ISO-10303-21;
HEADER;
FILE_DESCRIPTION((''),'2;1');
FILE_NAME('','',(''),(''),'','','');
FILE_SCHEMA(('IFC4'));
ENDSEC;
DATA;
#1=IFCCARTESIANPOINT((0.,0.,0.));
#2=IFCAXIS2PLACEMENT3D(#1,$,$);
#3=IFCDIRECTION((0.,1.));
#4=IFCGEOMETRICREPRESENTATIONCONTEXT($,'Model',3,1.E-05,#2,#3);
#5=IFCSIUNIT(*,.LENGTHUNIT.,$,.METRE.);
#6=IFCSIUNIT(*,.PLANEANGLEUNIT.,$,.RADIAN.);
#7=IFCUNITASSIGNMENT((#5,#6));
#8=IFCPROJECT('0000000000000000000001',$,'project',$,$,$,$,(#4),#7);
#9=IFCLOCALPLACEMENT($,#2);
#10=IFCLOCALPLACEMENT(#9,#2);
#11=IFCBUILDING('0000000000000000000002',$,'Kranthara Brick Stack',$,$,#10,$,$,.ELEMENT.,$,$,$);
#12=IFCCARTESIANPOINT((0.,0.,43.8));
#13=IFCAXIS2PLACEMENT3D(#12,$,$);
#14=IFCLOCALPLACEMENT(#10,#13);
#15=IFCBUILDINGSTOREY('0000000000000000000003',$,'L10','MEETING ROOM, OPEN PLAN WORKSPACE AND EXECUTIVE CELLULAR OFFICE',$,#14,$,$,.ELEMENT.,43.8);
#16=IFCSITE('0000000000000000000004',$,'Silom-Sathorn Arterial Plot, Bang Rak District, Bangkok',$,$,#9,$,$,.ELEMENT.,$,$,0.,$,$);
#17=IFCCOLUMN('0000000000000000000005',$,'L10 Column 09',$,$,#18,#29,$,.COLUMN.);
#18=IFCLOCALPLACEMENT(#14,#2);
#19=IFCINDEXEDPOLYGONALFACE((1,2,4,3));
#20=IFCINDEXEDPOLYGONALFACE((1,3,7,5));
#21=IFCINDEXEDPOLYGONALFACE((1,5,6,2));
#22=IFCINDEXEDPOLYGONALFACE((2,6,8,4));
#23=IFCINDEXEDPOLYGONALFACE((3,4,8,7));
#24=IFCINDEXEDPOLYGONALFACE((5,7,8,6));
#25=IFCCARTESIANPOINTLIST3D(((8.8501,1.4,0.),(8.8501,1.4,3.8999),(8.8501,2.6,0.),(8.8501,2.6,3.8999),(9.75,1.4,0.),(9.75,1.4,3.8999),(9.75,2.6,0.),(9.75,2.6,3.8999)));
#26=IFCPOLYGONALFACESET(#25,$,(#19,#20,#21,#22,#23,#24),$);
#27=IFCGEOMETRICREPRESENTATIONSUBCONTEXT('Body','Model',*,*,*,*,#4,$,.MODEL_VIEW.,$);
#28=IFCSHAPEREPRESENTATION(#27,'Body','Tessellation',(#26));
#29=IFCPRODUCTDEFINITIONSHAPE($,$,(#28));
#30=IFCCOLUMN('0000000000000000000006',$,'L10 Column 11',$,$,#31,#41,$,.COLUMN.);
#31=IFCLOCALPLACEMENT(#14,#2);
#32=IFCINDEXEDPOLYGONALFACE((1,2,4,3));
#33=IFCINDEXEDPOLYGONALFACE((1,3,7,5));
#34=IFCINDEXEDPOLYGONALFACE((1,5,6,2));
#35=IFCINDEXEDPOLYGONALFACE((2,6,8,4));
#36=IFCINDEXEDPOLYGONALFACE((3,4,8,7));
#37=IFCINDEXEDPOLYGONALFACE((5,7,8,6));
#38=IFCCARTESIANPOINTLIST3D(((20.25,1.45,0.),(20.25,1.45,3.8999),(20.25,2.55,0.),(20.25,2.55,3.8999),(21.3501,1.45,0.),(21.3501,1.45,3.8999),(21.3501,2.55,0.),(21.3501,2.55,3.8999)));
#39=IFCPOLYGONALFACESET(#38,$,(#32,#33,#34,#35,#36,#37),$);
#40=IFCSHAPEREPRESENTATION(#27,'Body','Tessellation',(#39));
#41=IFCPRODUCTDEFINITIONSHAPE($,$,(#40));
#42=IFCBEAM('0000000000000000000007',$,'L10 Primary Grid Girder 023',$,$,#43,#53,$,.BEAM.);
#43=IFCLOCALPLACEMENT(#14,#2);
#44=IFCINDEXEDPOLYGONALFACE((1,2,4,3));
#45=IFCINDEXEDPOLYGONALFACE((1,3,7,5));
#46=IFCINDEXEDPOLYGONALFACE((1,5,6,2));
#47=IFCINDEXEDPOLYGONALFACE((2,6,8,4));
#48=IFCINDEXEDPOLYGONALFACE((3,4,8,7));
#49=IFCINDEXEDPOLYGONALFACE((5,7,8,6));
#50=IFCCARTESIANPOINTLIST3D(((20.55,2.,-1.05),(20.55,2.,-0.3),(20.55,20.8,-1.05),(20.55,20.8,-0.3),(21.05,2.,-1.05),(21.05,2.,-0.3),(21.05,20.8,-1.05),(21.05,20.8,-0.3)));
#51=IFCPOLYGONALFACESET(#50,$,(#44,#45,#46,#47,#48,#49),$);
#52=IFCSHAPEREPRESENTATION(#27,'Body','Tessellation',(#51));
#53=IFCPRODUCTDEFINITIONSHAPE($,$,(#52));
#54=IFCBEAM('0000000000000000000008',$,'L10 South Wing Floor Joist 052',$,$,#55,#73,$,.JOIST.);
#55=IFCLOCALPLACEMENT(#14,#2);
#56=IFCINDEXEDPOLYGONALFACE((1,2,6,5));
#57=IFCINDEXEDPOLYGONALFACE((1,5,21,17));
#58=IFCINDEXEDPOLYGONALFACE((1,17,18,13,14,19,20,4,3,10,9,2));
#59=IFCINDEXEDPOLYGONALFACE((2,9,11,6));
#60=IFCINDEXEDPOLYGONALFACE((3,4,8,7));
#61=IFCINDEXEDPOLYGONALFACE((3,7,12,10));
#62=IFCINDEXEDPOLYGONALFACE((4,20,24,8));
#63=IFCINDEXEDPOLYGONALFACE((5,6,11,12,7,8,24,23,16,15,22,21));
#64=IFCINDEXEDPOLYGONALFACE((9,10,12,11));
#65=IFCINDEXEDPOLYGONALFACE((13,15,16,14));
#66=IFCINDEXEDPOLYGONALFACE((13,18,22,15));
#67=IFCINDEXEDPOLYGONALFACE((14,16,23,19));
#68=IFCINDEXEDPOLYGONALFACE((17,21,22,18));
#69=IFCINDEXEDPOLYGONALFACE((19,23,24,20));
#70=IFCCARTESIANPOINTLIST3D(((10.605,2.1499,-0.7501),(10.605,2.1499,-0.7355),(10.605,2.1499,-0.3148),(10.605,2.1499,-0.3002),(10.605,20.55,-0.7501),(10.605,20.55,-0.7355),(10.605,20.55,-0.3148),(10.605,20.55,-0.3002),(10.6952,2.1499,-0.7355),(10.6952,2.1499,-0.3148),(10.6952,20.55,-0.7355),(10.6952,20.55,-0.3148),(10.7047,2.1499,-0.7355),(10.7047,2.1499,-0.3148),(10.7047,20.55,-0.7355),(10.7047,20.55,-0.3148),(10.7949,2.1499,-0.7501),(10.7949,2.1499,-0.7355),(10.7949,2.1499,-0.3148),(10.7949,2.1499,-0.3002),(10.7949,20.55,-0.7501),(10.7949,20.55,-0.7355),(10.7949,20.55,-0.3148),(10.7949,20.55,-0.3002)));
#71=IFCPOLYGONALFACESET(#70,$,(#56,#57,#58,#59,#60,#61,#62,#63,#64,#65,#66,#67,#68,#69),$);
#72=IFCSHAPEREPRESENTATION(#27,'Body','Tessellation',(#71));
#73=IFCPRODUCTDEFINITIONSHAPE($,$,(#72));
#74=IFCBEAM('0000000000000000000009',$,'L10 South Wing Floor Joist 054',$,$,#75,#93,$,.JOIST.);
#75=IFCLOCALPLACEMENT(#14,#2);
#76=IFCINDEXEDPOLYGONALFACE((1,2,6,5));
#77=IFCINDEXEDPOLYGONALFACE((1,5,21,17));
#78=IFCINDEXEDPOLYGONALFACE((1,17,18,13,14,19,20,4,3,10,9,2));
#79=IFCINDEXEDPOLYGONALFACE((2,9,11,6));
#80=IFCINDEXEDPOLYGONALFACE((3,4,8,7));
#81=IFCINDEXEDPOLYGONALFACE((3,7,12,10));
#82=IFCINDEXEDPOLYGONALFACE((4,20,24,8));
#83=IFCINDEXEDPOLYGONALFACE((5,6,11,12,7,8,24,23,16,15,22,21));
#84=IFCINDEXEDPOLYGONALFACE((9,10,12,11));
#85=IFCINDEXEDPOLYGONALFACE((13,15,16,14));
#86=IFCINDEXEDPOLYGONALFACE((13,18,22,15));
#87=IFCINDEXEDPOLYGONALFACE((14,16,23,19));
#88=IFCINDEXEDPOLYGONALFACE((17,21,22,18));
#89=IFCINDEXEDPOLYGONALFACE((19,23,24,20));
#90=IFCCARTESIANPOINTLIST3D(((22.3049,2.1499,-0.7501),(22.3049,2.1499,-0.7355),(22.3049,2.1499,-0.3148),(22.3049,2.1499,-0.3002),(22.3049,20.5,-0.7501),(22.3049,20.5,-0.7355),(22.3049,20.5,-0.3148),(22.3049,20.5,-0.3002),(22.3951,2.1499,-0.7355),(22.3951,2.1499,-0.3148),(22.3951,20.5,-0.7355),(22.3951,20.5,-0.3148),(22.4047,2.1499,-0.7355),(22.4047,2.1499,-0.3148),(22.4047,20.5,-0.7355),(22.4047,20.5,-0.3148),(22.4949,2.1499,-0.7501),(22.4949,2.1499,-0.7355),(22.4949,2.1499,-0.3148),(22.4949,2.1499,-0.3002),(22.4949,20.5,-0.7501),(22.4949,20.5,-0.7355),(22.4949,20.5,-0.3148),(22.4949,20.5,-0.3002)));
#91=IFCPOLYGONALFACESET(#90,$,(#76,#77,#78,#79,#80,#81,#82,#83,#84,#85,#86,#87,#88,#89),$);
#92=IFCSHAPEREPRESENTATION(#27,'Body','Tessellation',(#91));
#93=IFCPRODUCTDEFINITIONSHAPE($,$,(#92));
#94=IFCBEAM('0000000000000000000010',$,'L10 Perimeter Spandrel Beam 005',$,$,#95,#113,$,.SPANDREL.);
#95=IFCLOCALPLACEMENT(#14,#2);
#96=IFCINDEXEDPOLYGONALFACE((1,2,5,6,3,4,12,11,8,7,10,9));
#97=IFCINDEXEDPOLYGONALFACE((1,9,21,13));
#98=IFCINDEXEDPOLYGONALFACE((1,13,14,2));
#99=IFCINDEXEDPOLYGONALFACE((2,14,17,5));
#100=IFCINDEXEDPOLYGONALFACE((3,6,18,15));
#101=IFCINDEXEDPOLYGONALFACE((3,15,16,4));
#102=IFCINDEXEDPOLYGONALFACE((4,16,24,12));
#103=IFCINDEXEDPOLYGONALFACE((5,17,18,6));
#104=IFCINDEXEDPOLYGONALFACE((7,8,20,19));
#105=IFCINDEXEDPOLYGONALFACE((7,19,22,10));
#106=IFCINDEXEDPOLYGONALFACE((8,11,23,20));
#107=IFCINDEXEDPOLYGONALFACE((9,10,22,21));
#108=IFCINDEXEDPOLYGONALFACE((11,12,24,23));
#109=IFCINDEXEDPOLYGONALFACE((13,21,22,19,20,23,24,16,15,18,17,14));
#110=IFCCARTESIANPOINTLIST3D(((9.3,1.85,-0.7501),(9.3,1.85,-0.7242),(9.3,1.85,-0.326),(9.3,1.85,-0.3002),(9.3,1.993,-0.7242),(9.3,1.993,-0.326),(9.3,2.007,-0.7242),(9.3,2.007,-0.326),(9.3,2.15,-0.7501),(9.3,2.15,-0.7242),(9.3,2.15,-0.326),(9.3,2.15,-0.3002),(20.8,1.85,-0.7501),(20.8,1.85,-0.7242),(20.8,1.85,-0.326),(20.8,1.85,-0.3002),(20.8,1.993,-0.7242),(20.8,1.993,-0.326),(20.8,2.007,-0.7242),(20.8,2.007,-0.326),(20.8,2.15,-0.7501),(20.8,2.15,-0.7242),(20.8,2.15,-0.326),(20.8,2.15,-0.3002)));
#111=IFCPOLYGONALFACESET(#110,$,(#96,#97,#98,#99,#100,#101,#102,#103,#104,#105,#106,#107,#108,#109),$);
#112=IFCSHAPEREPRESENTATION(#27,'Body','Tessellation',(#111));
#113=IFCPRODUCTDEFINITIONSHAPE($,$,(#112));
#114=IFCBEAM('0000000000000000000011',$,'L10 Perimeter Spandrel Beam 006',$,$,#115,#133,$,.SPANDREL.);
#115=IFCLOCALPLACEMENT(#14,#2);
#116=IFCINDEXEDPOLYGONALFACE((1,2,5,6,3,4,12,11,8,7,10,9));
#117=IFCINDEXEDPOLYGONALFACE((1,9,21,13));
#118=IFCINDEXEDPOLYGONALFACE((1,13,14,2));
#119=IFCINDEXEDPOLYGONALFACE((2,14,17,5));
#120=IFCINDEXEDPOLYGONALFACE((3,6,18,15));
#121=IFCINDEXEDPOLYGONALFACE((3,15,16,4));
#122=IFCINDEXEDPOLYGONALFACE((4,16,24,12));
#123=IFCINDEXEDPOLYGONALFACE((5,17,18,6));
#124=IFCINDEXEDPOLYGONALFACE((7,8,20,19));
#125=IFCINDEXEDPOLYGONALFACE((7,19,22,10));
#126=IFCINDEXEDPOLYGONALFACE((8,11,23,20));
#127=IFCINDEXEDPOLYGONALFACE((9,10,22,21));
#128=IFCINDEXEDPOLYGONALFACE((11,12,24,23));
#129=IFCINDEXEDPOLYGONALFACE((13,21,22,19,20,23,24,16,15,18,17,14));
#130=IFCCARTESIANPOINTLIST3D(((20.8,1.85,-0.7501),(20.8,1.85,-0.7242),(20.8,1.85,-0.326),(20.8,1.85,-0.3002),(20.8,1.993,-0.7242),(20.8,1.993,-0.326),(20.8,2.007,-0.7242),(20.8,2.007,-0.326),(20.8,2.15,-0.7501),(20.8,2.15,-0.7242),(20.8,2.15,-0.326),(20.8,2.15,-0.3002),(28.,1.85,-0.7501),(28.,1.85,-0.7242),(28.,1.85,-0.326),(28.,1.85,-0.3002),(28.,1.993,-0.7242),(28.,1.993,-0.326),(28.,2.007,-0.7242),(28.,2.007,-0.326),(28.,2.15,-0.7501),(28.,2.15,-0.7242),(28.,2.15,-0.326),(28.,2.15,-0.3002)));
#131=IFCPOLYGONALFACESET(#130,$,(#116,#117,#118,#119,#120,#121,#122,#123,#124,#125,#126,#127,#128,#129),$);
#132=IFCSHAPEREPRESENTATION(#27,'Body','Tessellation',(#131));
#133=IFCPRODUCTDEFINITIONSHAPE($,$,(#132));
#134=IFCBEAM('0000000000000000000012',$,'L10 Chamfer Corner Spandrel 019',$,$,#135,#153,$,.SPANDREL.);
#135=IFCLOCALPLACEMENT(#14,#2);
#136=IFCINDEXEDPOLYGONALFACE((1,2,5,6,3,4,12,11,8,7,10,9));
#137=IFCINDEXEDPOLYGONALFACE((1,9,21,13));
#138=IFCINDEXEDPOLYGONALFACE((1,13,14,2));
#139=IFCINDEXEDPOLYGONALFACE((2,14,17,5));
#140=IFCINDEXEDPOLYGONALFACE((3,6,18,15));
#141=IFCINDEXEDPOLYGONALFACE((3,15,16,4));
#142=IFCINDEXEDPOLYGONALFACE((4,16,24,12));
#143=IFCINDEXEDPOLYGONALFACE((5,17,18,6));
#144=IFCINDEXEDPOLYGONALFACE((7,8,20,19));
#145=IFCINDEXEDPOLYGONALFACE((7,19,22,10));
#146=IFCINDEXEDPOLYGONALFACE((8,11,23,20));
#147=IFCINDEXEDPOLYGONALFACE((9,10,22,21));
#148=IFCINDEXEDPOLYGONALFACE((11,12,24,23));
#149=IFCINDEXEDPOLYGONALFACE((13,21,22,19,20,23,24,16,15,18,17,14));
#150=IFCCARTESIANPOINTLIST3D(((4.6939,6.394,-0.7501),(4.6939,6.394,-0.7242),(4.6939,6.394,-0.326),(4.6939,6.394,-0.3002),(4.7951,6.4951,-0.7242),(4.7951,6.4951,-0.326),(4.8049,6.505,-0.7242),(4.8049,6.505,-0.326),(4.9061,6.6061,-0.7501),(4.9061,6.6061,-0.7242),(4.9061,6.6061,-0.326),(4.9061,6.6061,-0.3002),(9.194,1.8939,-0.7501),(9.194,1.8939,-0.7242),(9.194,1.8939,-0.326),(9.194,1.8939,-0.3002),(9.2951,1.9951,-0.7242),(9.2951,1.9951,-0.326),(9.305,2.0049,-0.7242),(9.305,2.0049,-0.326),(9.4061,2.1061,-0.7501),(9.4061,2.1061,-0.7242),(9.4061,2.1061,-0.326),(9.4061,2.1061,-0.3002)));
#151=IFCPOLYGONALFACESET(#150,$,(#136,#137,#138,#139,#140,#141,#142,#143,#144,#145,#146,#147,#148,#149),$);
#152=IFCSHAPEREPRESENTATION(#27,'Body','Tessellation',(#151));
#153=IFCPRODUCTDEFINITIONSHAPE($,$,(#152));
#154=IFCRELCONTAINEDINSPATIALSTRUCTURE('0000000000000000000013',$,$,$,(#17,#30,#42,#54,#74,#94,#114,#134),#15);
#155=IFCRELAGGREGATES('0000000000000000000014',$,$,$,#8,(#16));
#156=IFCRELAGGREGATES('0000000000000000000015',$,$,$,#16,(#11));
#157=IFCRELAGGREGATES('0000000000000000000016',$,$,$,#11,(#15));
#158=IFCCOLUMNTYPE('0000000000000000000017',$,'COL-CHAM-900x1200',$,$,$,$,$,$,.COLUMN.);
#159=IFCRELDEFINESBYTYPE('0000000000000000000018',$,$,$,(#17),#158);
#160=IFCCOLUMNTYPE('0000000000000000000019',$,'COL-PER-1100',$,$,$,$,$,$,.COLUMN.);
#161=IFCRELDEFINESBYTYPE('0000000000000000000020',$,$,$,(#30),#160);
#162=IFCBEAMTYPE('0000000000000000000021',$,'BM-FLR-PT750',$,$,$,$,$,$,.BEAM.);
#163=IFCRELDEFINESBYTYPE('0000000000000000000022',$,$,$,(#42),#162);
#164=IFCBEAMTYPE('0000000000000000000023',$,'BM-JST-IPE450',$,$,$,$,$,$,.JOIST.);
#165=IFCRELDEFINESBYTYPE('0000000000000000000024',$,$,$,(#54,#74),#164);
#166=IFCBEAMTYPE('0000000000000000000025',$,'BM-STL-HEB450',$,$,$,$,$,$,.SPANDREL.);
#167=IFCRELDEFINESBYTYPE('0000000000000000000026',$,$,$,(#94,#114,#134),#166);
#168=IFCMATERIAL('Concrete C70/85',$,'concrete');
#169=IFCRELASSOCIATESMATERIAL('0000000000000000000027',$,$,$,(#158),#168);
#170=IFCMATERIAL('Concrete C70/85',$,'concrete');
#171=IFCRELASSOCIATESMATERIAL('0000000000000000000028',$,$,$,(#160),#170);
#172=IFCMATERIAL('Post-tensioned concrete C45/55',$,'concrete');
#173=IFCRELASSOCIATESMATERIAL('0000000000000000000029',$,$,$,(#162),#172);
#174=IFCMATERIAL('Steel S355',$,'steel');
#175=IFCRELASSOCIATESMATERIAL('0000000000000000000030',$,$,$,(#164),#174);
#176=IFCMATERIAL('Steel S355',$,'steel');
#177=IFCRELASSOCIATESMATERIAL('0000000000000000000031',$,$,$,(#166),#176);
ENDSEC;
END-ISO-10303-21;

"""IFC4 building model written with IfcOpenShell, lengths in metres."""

from ifc_helpers import new_model, si_unit, direction, frame, origin, origin_2d, place, context, subcontext, project, spatial, rectangle, i_section, extrude, material, material_profile, profile_set, type_object, element, save


model = new_model("IFC4")

# Units and contexts
model_context = context("Model", 3, precision=1e-05, world=origin(), true_north=direction((0.0, 1.0)))
body_context = subcontext(model_context, "Body", "Model", "MODEL_VIEW")
ifc_project = project(units=[si_unit("LENGTHUNIT", "METRE"), si_unit("PLANEANGLEUNIT", "RADIAN")], contexts=[model_context])

# Site, building, storey
site_placement = place(None, origin())
site = spatial("IfcSite", under=ifc_project, at=site_placement, Name="Silom-Sathorn Arterial Plot, Bang Rak District, Bangkok", CompositionType="ELEMENT", RefElevation=0.0)
building_placement = place(site_placement, origin())
building = spatial("IfcBuilding", under=site, at=building_placement, Name="Kranthara Brick Stack", CompositionType="ELEMENT")
storey_placement = place(building_placement, frame((0.0, 0.0, 43.8)))
storey = spatial("IfcBuildingStorey", under=building, at=storey_placement, Name="L10", Description="MEETING ROOM, OPEN PLAN WORKSPACE AND EXECUTIVE CELLULAR OFFICE", CompositionType="ELEMENT", Elevation=43.8)

# Columns
ifc_material_1 = material(Name="Concrete C70/85", Category="concrete")
ifc_material_profile_1 = material_profile(ifc_material_1, rectangle(XDim=0.8999, YDim=1.2, at=origin_2d()), Name="RC 900x1200")
ifc_profile_set_1 = profile_set([ifc_material_profile_1], Name="Concrete C70/85")
column_type_1 = type_object("IfcColumnType", Name="COL-CHAM-900x1200", PredefinedType="COLUMN", material=ifc_profile_set_1)
column_1_placement = place(storey_placement, frame((9.3, 2.0, 0.0), z_axis=(0.0, 0.0, 1.0), x_axis=(1.0, 0.0, 0.0)))
element("IfcColumn", 1, at=column_1_placement, inside=storey, type_object=column_type_1, Name="L10 Column 09", PredefinedType="COLUMN", context=body_context, shape_type="SweptSolid", body=[
    extrude(rectangle(XDim=0.8999, YDim=1.2, at=origin_2d()), origin(), (0.0, 0.0, 1.0), 3.8999),
])
ifc_material_2 = material(Name="Concrete C70/85", Category="concrete")
ifc_material_profile_2 = material_profile(ifc_material_2, rectangle(XDim=1.1001, YDim=1.1001, at=origin_2d()), Name="RC 1100x1100")
ifc_profile_set_2 = profile_set([ifc_material_profile_2], Name="Concrete C70/85")
column_type_2 = type_object("IfcColumnType", Name="COL-PER-1100", PredefinedType="COLUMN", material=ifc_profile_set_2)
column_2_placement = place(storey_placement, frame((20.8, 2.0, 0.0), z_axis=(0.0, 0.0, 1.0), x_axis=(1.0, 0.0, 0.0)))
element("IfcColumn", 2, at=column_2_placement, inside=storey, type_object=column_type_2, Name="L10 Column 11", PredefinedType="COLUMN", context=body_context, shape_type="SweptSolid", body=[
    extrude(rectangle(XDim=1.1001, YDim=1.1001, at=origin_2d()), origin(), (0.0, 0.0, 1.0), 3.8999),
])

# Beams
ifc_material_3 = material(Name="Post-tensioned concrete C45/55", Category="concrete")
ifc_material_profile_3 = material_profile(ifc_material_3, rectangle(XDim=0.5, YDim=0.75, at=origin_2d()), Name="PT 500x750")
ifc_profile_set_3 = profile_set([ifc_material_profile_3], Name="Post-tensioned concrete C45/55")
beam_type_1 = type_object("IfcBeamType", Name="BM-FLR-PT750", PredefinedType="BEAM", material=ifc_profile_set_3)
beam_1_placement = place(storey_placement, frame((20.8, 2.0, -0.675), z_axis=(0.0, 1.0, 0.0), x_axis=(-1.0, 0.0, 0.0)))
element("IfcBeam", 3, at=beam_1_placement, inside=storey, type_object=beam_type_1, Name="L10 Primary Grid Girder 023", PredefinedType="BEAM", context=body_context, shape_type="SweptSolid", body=[
    extrude(rectangle(XDim=0.5, YDim=0.75, at=origin_2d()), origin(), (0.0, 0.0, 1.0), 18.8),
])
ifc_material_4 = material(Name="Steel S355", Category="steel")
ifc_material_profile_4 = material_profile(ifc_material_4, i_section(OverallWidth=0.1899, OverallDepth=0.45, WebThickness=0.0095, FlangeThickness=0.0146, at=origin_2d()), Name="IPE 450")
ifc_profile_set_4 = profile_set([ifc_material_profile_4], Name="Steel S355")
beam_type_2 = type_object("IfcBeamType", Name="BM-JST-IPE450", PredefinedType="JOIST", material=ifc_profile_set_4)
beam_2_placement = place(storey_placement, frame((10.7, 2.1499, -0.5251), z_axis=(0.0, 1.0, 0.0), x_axis=(-1.0, 0.0, 0.0)))
element("IfcBeam", 4, at=beam_2_placement, inside=storey, type_object=beam_type_2, Name="L10 South Wing Floor Joist 052", PredefinedType="JOIST", context=body_context, shape_type="SweptSolid", body=[
    extrude(i_section(OverallWidth=0.1899, OverallDepth=0.45, WebThickness=0.0095, FlangeThickness=0.0146, at=origin_2d()), origin(), (0.0, 0.0, 1.0), 18.4001),
])
beam_3_placement = place(storey_placement, frame((22.3999, 2.1499, -0.5251), z_axis=(0.0, 1.0, 0.0), x_axis=(-1.0, 0.0, 0.0)))
element("IfcBeam", 5, at=beam_3_placement, inside=storey, type_object=beam_type_2, Name="L10 South Wing Floor Joist 054", PredefinedType="JOIST", context=body_context, shape_type="SweptSolid", body=[
    extrude(i_section(OverallWidth=0.1899, OverallDepth=0.45, WebThickness=0.0095, FlangeThickness=0.0146, at=origin_2d()), origin(), (0.0, 0.0, 1.0), 18.3501),
])
ifc_material_5 = material(Name="Steel S355", Category="steel")
ifc_material_profile_5 = material_profile(ifc_material_5, i_section(OverallWidth=0.3, OverallDepth=0.45, WebThickness=0.0139, FlangeThickness=0.0259, at=origin_2d()), Name="HEB 450")
ifc_profile_set_5 = profile_set([ifc_material_profile_5], Name="Steel S355")
beam_type_3 = type_object("IfcBeamType", Name="BM-STL-HEB450", PredefinedType="SPANDREL", material=ifc_profile_set_5)
beam_4_placement = place(storey_placement, frame((9.3, 2.0, -0.5251), z_axis=(1.0, 0.0, 0.0), x_axis=(0.0, 1.0, 0.0)))
element("IfcBeam", 6, at=beam_4_placement, inside=storey, type_object=beam_type_3, Name="L10 Perimeter Spandrel Beam 005", PredefinedType="SPANDREL", context=body_context, shape_type="SweptSolid", body=[
    extrude(i_section(OverallWidth=0.3, OverallDepth=0.45, WebThickness=0.0139, FlangeThickness=0.0259, at=origin_2d()), origin(), (0.0, 0.0, 1.0), 11.5),
])
beam_5_placement = place(storey_placement, frame((20.8, 2.0, -0.5251), z_axis=(1.0, 0.0, 0.0), x_axis=(0.0, 1.0, 0.0)))
element("IfcBeam", 7, at=beam_5_placement, inside=storey, type_object=beam_type_3, Name="L10 Perimeter Spandrel Beam 006", PredefinedType="SPANDREL", context=body_context, shape_type="SweptSolid", body=[
    extrude(i_section(OverallWidth=0.3, OverallDepth=0.45, WebThickness=0.0139, FlangeThickness=0.0259, at=origin_2d()), origin(), (0.0, 0.0, 1.0), 7.2),
])
beam_6_placement = place(storey_placement, frame((9.3, 2.0, -0.5251), z_axis=(-0.707107, 0.707107, 0.0), x_axis=(-0.707107, -0.707107, 0.0)))
element("IfcBeam", 8, at=beam_6_placement, inside=storey, type_object=beam_type_3, Name="L10 Chamfer Corner Spandrel 019", PredefinedType="SPANDREL", context=body_context, shape_type="SweptSolid", body=[
    extrude(i_section(OverallWidth=0.3, OverallDepth=0.45, WebThickness=0.0139, FlangeThickness=0.0259, at=origin_2d()), origin(), (0.0, 0.0, 1.0), 6.364),
])

save(model, "model.ifc")
